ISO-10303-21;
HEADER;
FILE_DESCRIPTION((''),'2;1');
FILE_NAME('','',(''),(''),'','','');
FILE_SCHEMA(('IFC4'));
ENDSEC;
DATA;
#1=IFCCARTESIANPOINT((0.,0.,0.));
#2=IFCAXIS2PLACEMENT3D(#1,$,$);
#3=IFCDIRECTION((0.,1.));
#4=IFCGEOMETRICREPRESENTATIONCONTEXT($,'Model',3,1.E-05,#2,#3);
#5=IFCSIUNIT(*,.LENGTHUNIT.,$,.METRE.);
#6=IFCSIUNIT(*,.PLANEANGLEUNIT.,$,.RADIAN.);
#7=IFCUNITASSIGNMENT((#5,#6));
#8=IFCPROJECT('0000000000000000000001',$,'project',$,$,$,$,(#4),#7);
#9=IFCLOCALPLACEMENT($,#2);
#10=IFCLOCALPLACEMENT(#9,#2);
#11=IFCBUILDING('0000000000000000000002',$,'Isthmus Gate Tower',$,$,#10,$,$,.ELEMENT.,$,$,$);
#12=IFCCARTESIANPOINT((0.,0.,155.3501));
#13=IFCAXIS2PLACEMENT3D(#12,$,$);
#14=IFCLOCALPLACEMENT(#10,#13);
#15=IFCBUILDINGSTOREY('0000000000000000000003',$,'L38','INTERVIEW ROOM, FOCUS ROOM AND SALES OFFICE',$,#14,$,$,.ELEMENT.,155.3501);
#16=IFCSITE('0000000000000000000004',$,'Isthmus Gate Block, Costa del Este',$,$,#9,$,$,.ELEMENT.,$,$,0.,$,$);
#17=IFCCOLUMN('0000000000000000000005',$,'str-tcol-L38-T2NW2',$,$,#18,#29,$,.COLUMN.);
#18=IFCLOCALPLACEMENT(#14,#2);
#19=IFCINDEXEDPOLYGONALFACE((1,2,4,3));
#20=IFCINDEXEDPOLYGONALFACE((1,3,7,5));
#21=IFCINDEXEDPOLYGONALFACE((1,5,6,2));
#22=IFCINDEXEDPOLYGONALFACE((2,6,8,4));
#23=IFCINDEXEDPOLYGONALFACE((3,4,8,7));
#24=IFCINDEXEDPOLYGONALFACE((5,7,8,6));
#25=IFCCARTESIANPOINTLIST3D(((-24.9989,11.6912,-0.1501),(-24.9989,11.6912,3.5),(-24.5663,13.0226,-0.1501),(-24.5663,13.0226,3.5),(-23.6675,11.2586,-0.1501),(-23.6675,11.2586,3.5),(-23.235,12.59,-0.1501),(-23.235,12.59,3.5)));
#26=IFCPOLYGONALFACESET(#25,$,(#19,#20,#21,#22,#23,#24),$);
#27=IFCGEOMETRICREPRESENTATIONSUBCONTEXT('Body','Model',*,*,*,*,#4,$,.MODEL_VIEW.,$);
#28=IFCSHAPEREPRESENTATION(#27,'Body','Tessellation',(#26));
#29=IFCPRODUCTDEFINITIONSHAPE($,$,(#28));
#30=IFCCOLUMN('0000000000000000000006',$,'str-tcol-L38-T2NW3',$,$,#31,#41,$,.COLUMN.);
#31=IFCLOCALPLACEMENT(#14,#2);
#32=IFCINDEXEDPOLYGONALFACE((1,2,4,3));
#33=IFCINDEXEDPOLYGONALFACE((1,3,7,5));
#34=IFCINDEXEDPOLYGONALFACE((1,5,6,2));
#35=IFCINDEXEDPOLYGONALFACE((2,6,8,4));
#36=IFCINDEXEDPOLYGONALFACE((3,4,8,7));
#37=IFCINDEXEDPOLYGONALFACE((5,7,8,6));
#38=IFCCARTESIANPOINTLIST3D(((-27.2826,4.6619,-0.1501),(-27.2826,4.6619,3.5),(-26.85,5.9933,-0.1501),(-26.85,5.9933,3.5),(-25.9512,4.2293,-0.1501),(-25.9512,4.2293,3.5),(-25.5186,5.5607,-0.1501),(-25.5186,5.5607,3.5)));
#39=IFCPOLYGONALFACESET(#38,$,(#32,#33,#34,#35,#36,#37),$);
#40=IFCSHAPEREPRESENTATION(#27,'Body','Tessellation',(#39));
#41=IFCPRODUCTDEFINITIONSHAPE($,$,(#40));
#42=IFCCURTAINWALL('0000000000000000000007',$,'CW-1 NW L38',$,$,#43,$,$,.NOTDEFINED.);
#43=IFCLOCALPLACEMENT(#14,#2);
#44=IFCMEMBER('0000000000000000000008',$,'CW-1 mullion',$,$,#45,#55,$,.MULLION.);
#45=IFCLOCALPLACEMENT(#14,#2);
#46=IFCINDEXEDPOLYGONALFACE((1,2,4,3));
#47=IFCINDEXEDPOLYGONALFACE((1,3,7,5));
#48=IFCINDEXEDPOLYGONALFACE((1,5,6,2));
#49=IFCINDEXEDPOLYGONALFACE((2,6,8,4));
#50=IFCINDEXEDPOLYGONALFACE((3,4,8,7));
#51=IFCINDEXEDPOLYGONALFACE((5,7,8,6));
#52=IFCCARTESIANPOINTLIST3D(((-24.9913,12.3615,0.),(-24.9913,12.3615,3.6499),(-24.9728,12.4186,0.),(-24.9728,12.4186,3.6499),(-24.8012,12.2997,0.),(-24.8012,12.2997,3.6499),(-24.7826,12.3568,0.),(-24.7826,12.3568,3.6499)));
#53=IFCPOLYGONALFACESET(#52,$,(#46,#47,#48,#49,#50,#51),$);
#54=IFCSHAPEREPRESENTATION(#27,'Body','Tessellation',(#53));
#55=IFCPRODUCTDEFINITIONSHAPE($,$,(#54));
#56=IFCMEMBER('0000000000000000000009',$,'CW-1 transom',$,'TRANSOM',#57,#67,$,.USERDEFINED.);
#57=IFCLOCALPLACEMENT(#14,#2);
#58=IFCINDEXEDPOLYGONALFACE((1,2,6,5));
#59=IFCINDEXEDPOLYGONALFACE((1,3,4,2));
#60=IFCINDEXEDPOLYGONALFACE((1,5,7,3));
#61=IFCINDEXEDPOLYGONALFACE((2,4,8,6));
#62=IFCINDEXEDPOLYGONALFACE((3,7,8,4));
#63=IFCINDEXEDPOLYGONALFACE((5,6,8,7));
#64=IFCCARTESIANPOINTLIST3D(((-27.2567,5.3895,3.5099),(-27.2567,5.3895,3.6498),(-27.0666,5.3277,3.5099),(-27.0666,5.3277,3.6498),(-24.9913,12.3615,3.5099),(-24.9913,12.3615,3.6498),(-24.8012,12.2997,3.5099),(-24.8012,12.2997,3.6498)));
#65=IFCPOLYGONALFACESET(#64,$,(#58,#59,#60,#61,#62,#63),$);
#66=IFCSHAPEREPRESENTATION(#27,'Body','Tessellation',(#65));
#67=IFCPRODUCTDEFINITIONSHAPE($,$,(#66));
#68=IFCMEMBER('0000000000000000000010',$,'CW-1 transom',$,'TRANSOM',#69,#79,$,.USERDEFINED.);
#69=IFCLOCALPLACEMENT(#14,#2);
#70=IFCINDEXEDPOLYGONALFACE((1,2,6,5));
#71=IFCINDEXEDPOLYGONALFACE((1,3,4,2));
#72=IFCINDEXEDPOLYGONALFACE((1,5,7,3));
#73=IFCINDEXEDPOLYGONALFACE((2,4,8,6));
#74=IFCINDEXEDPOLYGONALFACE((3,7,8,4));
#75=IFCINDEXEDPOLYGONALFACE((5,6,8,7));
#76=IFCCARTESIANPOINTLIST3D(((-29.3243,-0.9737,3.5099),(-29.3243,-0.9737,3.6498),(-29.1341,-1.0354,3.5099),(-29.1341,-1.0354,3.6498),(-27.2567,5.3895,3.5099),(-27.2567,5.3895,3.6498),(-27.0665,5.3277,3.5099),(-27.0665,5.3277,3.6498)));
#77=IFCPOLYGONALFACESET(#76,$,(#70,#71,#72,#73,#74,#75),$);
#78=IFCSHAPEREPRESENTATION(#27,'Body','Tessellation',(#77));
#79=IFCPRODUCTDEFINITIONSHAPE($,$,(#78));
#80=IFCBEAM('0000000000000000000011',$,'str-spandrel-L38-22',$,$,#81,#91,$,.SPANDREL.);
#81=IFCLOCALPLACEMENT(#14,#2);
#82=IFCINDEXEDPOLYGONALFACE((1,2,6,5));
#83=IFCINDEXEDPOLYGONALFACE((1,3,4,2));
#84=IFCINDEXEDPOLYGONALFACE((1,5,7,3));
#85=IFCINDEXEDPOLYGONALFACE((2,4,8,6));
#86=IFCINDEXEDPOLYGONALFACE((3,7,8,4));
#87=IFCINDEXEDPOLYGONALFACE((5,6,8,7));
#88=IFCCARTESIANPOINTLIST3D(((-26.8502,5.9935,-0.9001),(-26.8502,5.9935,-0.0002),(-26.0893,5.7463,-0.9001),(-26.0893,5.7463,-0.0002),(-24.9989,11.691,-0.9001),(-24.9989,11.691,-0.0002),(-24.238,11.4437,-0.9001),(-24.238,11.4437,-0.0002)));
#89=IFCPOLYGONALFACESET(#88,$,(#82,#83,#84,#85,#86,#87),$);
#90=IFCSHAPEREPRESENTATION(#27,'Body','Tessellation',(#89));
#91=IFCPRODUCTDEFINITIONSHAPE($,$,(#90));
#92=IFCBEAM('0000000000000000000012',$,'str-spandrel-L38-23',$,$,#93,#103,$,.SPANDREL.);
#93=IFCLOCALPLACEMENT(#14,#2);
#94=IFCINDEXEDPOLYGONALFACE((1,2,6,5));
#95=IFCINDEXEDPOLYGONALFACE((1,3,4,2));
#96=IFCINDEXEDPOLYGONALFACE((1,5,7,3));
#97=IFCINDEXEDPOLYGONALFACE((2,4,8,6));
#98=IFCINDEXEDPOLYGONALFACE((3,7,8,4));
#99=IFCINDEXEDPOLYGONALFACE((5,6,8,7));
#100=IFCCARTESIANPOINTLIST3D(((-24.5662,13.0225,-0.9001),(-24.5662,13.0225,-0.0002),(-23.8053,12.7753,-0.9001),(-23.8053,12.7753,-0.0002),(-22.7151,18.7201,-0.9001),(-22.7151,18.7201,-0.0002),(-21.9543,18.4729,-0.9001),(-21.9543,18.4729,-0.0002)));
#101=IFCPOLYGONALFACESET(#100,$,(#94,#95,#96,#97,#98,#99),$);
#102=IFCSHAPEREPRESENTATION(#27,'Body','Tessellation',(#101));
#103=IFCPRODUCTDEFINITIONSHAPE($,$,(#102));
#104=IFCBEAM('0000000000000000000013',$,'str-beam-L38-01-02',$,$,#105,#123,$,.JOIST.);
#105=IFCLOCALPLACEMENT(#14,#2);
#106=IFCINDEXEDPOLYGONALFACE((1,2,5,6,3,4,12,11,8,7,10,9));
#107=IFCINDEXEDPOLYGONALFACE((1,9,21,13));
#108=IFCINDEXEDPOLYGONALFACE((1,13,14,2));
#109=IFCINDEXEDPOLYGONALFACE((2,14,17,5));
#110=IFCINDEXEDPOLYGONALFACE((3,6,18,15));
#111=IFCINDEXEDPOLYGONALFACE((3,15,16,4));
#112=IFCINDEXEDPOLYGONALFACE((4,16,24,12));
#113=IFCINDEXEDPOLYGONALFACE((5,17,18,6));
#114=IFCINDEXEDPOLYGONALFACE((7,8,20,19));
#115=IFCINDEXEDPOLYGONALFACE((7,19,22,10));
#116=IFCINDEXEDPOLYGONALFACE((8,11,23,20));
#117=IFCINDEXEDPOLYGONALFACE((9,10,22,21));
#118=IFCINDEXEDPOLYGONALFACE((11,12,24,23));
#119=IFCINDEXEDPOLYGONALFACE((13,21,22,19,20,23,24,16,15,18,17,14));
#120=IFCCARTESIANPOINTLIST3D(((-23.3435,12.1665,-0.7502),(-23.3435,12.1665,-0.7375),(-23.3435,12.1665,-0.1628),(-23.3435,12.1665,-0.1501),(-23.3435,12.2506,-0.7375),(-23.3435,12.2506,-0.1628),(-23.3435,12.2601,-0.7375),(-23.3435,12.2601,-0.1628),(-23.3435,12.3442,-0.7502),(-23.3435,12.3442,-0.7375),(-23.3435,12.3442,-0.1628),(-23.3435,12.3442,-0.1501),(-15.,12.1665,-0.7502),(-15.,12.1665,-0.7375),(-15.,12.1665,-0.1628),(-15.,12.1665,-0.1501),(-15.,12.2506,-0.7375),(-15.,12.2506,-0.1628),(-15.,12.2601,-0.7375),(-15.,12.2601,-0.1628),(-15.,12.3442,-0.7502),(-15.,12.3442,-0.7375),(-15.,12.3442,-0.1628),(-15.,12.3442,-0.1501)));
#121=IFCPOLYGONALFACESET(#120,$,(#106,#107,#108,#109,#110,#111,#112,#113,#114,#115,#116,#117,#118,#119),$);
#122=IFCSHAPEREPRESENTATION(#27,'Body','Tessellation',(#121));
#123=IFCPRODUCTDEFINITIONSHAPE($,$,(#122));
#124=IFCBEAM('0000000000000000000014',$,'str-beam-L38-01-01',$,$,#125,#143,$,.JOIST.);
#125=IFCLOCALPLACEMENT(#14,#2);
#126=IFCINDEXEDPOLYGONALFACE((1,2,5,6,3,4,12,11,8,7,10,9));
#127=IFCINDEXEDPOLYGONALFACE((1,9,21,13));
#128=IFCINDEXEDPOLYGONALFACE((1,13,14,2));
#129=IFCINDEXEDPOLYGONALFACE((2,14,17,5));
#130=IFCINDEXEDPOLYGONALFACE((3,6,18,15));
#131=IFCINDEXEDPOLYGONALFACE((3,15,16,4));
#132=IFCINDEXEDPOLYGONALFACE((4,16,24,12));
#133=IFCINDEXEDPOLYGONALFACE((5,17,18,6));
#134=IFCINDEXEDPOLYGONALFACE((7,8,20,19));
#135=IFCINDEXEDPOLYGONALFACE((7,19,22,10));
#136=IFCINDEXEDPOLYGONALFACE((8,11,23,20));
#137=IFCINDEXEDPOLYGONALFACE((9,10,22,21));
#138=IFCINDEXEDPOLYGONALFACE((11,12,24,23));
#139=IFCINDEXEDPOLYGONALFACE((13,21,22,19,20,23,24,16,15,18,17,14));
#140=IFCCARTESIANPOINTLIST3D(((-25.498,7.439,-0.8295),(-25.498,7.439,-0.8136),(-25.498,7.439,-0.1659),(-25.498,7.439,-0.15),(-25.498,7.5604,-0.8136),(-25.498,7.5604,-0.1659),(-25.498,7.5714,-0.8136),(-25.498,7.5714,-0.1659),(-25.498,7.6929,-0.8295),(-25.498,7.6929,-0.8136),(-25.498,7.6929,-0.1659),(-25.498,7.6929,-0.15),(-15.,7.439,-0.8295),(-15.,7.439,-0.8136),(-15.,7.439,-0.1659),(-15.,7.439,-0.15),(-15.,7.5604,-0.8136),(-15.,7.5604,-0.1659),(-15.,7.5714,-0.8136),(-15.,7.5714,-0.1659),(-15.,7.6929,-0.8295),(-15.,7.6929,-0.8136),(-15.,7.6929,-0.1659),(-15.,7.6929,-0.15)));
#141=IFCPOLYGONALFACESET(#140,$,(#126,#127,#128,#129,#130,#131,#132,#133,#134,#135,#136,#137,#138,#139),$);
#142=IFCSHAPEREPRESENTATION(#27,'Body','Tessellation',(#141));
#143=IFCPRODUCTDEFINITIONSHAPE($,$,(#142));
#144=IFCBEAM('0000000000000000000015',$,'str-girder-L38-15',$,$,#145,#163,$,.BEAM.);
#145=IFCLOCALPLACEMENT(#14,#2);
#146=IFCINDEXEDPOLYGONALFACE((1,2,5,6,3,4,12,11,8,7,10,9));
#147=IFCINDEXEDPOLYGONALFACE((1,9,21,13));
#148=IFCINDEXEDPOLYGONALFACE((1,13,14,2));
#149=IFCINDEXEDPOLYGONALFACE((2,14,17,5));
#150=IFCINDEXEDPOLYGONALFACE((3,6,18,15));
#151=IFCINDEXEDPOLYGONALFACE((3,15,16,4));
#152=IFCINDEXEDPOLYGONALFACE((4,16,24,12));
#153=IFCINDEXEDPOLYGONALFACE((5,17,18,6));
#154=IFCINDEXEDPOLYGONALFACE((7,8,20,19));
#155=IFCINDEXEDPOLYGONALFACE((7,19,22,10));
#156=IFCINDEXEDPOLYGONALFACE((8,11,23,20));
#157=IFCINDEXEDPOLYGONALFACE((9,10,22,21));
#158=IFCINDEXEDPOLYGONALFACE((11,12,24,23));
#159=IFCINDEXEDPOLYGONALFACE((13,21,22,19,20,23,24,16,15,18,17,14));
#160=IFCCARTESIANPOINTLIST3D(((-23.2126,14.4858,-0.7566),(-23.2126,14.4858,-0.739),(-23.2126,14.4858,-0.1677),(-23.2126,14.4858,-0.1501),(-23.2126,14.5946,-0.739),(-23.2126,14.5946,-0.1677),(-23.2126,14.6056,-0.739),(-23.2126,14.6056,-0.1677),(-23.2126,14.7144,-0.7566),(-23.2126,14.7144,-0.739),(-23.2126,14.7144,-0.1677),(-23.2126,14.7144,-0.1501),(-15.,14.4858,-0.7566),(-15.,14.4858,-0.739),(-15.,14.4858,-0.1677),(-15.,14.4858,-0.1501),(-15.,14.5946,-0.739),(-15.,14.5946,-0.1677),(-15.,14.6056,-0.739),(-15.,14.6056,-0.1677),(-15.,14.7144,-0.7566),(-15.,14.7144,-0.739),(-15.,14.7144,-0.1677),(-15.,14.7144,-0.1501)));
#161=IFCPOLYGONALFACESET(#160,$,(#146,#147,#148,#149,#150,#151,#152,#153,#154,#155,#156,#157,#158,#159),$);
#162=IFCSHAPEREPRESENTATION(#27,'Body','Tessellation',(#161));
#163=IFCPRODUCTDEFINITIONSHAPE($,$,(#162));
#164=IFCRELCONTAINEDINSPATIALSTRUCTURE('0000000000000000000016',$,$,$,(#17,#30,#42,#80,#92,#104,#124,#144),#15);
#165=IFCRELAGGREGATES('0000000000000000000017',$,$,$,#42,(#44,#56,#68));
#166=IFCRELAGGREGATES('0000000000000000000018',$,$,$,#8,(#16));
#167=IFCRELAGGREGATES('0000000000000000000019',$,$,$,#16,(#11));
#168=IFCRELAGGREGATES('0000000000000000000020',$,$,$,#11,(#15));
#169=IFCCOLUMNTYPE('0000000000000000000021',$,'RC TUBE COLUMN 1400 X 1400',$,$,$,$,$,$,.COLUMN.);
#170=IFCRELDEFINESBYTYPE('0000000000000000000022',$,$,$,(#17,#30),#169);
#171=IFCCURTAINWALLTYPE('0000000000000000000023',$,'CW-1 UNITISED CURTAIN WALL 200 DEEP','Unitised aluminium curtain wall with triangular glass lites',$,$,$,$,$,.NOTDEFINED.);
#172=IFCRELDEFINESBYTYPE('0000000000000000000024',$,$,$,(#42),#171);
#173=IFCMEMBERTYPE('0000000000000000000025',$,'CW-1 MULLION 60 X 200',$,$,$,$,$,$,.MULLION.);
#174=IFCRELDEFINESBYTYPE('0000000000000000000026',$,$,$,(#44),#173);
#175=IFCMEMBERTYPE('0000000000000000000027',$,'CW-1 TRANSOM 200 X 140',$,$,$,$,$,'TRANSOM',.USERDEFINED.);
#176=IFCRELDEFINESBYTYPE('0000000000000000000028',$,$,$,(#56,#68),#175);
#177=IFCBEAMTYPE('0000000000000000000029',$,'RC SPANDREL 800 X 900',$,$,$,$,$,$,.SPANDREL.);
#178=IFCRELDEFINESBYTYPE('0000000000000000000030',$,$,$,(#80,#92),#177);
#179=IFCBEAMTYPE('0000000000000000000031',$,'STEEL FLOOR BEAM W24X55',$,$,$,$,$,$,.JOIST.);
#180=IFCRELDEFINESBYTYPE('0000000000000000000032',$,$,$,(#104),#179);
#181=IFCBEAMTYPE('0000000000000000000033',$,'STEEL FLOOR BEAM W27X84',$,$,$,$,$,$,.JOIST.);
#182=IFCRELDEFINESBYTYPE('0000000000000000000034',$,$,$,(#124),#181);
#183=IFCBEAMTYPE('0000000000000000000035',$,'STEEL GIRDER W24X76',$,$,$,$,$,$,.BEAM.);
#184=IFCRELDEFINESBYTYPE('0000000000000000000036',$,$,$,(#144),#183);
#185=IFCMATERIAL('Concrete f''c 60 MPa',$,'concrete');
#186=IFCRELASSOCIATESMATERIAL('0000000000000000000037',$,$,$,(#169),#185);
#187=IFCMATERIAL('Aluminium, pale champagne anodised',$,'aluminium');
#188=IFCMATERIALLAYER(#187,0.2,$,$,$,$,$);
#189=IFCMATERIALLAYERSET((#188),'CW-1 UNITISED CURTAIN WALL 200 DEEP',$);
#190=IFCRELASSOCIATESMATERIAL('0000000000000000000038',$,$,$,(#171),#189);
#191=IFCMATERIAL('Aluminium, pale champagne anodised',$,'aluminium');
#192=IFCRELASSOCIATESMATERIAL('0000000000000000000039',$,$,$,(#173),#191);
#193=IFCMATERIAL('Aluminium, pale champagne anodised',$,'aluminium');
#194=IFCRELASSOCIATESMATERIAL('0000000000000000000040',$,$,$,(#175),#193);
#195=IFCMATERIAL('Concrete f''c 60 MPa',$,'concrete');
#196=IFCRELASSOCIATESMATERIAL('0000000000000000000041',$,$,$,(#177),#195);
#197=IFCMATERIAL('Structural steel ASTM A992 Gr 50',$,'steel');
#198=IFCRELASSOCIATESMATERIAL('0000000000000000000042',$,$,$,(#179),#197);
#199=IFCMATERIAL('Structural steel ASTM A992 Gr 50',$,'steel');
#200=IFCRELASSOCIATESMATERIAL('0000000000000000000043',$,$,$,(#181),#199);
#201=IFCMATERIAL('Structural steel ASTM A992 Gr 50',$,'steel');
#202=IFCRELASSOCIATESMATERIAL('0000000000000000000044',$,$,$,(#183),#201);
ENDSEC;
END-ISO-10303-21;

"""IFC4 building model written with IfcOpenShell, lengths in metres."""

from ifc_helpers import new_model, si_unit, direction, frame, origin, origin_2d, place, context, subcontext, project, spatial, rectangle, i_section, extrude, material, layer, layer_set, material_profile, profile_set, type_object, element, aggregate, save


model = new_model("IFC4")

# Units and contexts
model_context = context("Model", 3, precision=1e-05, world=origin(), true_north=direction((0.0, 1.0)))
body_context = subcontext(model_context, "Body", "Model", "MODEL_VIEW")
ifc_project = project(units=[si_unit("LENGTHUNIT", "METRE"), si_unit("PLANEANGLEUNIT", "RADIAN")], contexts=[model_context])

# Site, building, storey
site_placement = place(None, origin())
site = spatial("IfcSite", under=ifc_project, at=site_placement, Name="Isthmus Gate Block, Costa del Este", CompositionType="ELEMENT", RefElevation=0.0)
building_placement = place(site_placement, origin())
building = spatial("IfcBuilding", under=site, at=building_placement, Name="Isthmus Gate Tower", CompositionType="ELEMENT")
storey_placement = place(building_placement, frame((0.0, 0.0, 155.3501)))
storey = spatial("IfcBuildingStorey", under=building, at=storey_placement, Name="L38", Description="INTERVIEW ROOM, FOCUS ROOM AND SALES OFFICE", CompositionType="ELEMENT", Elevation=155.3501)

# Columns
ifc_material_1 = material(Name="Concrete f'c 60 MPa", Category="concrete")
ifc_material_profile_1 = material_profile(ifc_material_1, rectangle(XDim=1.3999, YDim=1.3999, at=origin_2d()), Name="RC 1400X1400")
ifc_profile_set_1 = profile_set([ifc_material_profile_1], Name="Concrete f'c 60 MPa")
column_type = type_object("IfcColumnType", Name="RC TUBE COLUMN 1400 X 1400", PredefinedType="COLUMN", material=ifc_profile_set_1)
for number, where, z_axis, x_axis, name in (
    (1, (-24.1169, 12.1406, -0.1501), (0.0, 0.0, 1.0), (-0.309017, -0.951057, 0.0), "str-tcol-L38-T2NW2"),
    (2, (-26.4006, 5.1113, -0.1501), (0.0, 0.0, 1.0), (-0.309017, -0.951057, 0.0), "str-tcol-L38-T2NW3"),
):
    element("IfcColumn", number, at=place(storey_placement, frame(where, z_axis=z_axis, x_axis=x_axis)), inside=storey, type_object=column_type, Name=name, PredefinedType="COLUMN", context=body_context, shape_type="SweptSolid", body=[
        extrude(rectangle(XDim=1.3999, YDim=1.3999, at=origin_2d()), origin(), (0.0, 0.0, 1.0), 3.6501),
    ])

# Curtain wall, members
ifc_material_2 = material(Name="Aluminium, pale champagne anodised", Category="aluminium")
ifc_layer_1 = layer(ifc_material_2, 0.2)
ifc_layer_set_1 = layer_set([ifc_layer_1], Name="CW-1 UNITISED CURTAIN WALL 200 DEEP")
curtain_wall_type = type_object("IfcCurtainWallType", Name="CW-1 UNITISED CURTAIN WALL 200 DEEP", Description="Unitised aluminium curtain wall with triangular glass lites", PredefinedType="NOTDEFINED", material=ifc_layer_set_1)
curtain_wall_placement = place(storey_placement, origin())
curtain_wall = element("IfcCurtainWall", 3, at=curtain_wall_placement, inside=storey, type_object=curtain_wall_type, Name="CW-1 NW L38", PredefinedType="NOTDEFINED")
ifc_material_3 = material(Name="Aluminium, pale champagne anodised", Category="aluminium")
ifc_material_profile_2 = material_profile(ifc_material_3, rectangle(XDim=0.0601, YDim=0.2, at=origin_2d()), Name="60x200")
ifc_profile_set_2 = profile_set([ifc_material_profile_2], Name="Aluminium, pale champagne anodised")
member_type_1 = type_object("IfcMemberType", Name="CW-1 MULLION 60 X 200", PredefinedType="MULLION", material=ifc_profile_set_2)
member_1_placement = place(storey_placement, frame((-24.887, 12.3591, 0.0), z_axis=(0.0, 0.0, 1.0), x_axis=(-0.309017, -0.951057, 0.0)))
member_1 = element("IfcMember", 4, at=member_1_placement, type_object=member_type_1, Name="CW-1 mullion", PredefinedType="MULLION", context=body_context, shape_type="SweptSolid", body=[
    extrude(rectangle(XDim=0.0601, YDim=0.2, at=origin_2d()), origin(), (0.0, 0.0, 1.0), 3.6499),
])
ifc_material_4 = material(Name="Aluminium, pale champagne anodised", Category="aluminium")
ifc_material_profile_3 = material_profile(ifc_material_4, rectangle(XDim=0.2, YDim=0.1399, at=origin_2d()), Name="200x140")
ifc_profile_set_3 = profile_set([ifc_material_profile_3], Name="Aluminium, pale champagne anodised")
member_type_2 = type_object("IfcMemberType", Name="CW-1 TRANSOM 200 X 140", ElementType="TRANSOM", PredefinedType="USERDEFINED", material=ifc_profile_set_3)
member_2_placement = place(storey_placement, frame((-24.8962, 12.3306, 3.5798), z_axis=(-0.309025, -0.951054, 0.0), x_axis=(0.951054, -0.309025, 0.0)))
member_2 = element("IfcMember", 5, at=member_2_placement, type_object=member_type_2, Name="CW-1 transom", ObjectType="TRANSOM", PredefinedType="USERDEFINED", context=body_context, shape_type="SweptSolid", body=[
    extrude(rectangle(XDim=0.2, YDim=0.1399, at=origin_2d()), origin(), (0.0, 0.0, 1.0), 7.3308),
])
member_3_placement = place(storey_placement, frame((-27.1616, 5.3586, 3.5798), z_axis=(-0.309027, -0.951053, 0.0), x_axis=(0.951053, -0.309027, 0.0)))
member_3 = element("IfcMember", 6, at=member_3_placement, type_object=member_type_2, Name="CW-1 transom", ObjectType="TRANSOM", PredefinedType="USERDEFINED", context=body_context, shape_type="SweptSolid", body=[
    extrude(rectangle(XDim=0.2, YDim=0.1399, at=origin_2d()), origin(), (0.0, 0.0, 1.0), 6.6907),
])

# Beams
ifc_material_5 = material(Name="Concrete f'c 60 MPa", Category="concrete")
ifc_material_profile_4 = material_profile(ifc_material_5, rectangle(XDim=0.8, YDim=0.8999, at=origin_2d()), Name="RC 800X900")
ifc_profile_set_4 = profile_set([ifc_material_profile_4], Name="Concrete f'c 60 MPa")
beam_type_1 = type_object("IfcBeamType", Name="RC SPANDREL 800 X 900", PredefinedType="SPANDREL", material=ifc_profile_set_4)
for number, where, z_axis, x_axis, name in (
    (7, (-26.4697, 5.8699, -0.4502), (0.30903, 0.951052, 0.0), (-0.951052, 0.30903, 0.0), "str-spandrel-L38-22"),
    (8, (-24.1858, 12.8989, -0.4502), (0.308993, 0.951064, 0.0), (-0.951064, 0.308993, 0.0), "str-spandrel-L38-23"),
):
    element("IfcBeam", number, at=place(storey_placement, frame(where, z_axis=z_axis, x_axis=x_axis)), inside=storey, type_object=beam_type_1, Name=name, PredefinedType="SPANDREL", context=body_context, shape_type="SweptSolid", body=[
        extrude(rectangle(XDim=0.8, YDim=0.8999, at=origin_2d()), origin(), (0.0, 0.0, 1.0), 5.9907),
    ])
ifc_material_6 = material(Name="Structural steel ASTM A992 Gr 50", Category="steel")
ifc_material_profile_5 = material_profile(ifc_material_6, i_section(OverallWidth=0.1777, OverallDepth=0.6001, WebThickness=0.0095, FlangeThickness=0.0127, at=origin_2d()), Name="W24X55")
ifc_profile_set_5 = profile_set([ifc_material_profile_5], Name="Structural steel ASTM A992 Gr 50")
beam_type_2 = type_object("IfcBeamType", Name="STEEL FLOOR BEAM W24X55", PredefinedType="JOIST", material=ifc_profile_set_5)
beam_1_placement = place(storey_placement, frame((-23.3435, 12.2554, -0.4502), z_axis=(1.0, 0.0, 0.0), x_axis=(0.0, 1.0, 0.0)))
element("IfcBeam", 9, at=beam_1_placement, inside=storey, type_object=beam_type_2, Name="str-beam-L38-01-02", PredefinedType="JOIST", context=body_context, shape_type="SweptSolid", body=[
    extrude(i_section(OverallWidth=0.1777, OverallDepth=0.6001, WebThickness=0.0095, FlangeThickness=0.0127, at=origin_2d()), origin(), (0.0, 0.0, 1.0), 8.3435),
])
ifc_material_7 = material(Name="Structural steel ASTM A992 Gr 50", Category="steel")
ifc_material_profile_6 = material_profile(ifc_material_7, i_section(OverallWidth=0.2539, OverallDepth=0.6794, WebThickness=0.011, FlangeThickness=0.0159, at=origin_2d()), Name="W27X84")
ifc_profile_set_6 = profile_set([ifc_material_profile_6], Name="Structural steel ASTM A992 Gr 50")
beam_type_3 = type_object("IfcBeamType", Name="STEEL FLOOR BEAM W27X84", PredefinedType="JOIST", material=ifc_profile_set_6)
beam_2_placement = place(storey_placement, frame((-25.498, 7.5659, -0.4897), z_axis=(1.0, 0.0, 0.0), x_axis=(0.0, 1.0, 0.0)))
element("IfcBeam", 10, at=beam_2_placement, inside=storey, type_object=beam_type_3, Name="str-beam-L38-01-01", PredefinedType="JOIST", context=body_context, shape_type="SweptSolid", body=[
    extrude(i_section(OverallWidth=0.2539, OverallDepth=0.6794, WebThickness=0.011, FlangeThickness=0.0159, at=origin_2d()), origin(), (0.0, 0.0, 1.0), 10.498),
])
ifc_material_8 = material(Name="Structural steel ASTM A992 Gr 50", Category="steel")
ifc_material_profile_7 = material_profile(ifc_material_8, i_section(OverallWidth=0.2285, OverallDepth=0.6064, WebThickness=0.011, FlangeThickness=0.0176, at=origin_2d()), Name="W24X76")
ifc_profile_set_7 = profile_set([ifc_material_profile_7], Name="Structural steel ASTM A992 Gr 50")
beam_type_4 = type_object("IfcBeamType", Name="STEEL GIRDER W24X76", PredefinedType="BEAM", material=ifc_profile_set_7)
beam_3_placement = place(storey_placement, frame((-15.0, 14.6001, -0.4534), z_axis=(-1.0, 0.0, 0.0), x_axis=(0.0, -1.0, 0.0)))
element("IfcBeam", 11, at=beam_3_placement, inside=storey, type_object=beam_type_4, Name="str-girder-L38-15", PredefinedType="BEAM", context=body_context, shape_type="SweptSolid", body=[
    extrude(i_section(OverallWidth=0.2285, OverallDepth=0.6064, WebThickness=0.011, FlangeThickness=0.0176, at=origin_2d()), origin(), (0.0, 0.0, 1.0), 8.2126),
])

aggregate(curtain_wall, [member_1, member_2, member_3])

save(model, "model.ifc")
